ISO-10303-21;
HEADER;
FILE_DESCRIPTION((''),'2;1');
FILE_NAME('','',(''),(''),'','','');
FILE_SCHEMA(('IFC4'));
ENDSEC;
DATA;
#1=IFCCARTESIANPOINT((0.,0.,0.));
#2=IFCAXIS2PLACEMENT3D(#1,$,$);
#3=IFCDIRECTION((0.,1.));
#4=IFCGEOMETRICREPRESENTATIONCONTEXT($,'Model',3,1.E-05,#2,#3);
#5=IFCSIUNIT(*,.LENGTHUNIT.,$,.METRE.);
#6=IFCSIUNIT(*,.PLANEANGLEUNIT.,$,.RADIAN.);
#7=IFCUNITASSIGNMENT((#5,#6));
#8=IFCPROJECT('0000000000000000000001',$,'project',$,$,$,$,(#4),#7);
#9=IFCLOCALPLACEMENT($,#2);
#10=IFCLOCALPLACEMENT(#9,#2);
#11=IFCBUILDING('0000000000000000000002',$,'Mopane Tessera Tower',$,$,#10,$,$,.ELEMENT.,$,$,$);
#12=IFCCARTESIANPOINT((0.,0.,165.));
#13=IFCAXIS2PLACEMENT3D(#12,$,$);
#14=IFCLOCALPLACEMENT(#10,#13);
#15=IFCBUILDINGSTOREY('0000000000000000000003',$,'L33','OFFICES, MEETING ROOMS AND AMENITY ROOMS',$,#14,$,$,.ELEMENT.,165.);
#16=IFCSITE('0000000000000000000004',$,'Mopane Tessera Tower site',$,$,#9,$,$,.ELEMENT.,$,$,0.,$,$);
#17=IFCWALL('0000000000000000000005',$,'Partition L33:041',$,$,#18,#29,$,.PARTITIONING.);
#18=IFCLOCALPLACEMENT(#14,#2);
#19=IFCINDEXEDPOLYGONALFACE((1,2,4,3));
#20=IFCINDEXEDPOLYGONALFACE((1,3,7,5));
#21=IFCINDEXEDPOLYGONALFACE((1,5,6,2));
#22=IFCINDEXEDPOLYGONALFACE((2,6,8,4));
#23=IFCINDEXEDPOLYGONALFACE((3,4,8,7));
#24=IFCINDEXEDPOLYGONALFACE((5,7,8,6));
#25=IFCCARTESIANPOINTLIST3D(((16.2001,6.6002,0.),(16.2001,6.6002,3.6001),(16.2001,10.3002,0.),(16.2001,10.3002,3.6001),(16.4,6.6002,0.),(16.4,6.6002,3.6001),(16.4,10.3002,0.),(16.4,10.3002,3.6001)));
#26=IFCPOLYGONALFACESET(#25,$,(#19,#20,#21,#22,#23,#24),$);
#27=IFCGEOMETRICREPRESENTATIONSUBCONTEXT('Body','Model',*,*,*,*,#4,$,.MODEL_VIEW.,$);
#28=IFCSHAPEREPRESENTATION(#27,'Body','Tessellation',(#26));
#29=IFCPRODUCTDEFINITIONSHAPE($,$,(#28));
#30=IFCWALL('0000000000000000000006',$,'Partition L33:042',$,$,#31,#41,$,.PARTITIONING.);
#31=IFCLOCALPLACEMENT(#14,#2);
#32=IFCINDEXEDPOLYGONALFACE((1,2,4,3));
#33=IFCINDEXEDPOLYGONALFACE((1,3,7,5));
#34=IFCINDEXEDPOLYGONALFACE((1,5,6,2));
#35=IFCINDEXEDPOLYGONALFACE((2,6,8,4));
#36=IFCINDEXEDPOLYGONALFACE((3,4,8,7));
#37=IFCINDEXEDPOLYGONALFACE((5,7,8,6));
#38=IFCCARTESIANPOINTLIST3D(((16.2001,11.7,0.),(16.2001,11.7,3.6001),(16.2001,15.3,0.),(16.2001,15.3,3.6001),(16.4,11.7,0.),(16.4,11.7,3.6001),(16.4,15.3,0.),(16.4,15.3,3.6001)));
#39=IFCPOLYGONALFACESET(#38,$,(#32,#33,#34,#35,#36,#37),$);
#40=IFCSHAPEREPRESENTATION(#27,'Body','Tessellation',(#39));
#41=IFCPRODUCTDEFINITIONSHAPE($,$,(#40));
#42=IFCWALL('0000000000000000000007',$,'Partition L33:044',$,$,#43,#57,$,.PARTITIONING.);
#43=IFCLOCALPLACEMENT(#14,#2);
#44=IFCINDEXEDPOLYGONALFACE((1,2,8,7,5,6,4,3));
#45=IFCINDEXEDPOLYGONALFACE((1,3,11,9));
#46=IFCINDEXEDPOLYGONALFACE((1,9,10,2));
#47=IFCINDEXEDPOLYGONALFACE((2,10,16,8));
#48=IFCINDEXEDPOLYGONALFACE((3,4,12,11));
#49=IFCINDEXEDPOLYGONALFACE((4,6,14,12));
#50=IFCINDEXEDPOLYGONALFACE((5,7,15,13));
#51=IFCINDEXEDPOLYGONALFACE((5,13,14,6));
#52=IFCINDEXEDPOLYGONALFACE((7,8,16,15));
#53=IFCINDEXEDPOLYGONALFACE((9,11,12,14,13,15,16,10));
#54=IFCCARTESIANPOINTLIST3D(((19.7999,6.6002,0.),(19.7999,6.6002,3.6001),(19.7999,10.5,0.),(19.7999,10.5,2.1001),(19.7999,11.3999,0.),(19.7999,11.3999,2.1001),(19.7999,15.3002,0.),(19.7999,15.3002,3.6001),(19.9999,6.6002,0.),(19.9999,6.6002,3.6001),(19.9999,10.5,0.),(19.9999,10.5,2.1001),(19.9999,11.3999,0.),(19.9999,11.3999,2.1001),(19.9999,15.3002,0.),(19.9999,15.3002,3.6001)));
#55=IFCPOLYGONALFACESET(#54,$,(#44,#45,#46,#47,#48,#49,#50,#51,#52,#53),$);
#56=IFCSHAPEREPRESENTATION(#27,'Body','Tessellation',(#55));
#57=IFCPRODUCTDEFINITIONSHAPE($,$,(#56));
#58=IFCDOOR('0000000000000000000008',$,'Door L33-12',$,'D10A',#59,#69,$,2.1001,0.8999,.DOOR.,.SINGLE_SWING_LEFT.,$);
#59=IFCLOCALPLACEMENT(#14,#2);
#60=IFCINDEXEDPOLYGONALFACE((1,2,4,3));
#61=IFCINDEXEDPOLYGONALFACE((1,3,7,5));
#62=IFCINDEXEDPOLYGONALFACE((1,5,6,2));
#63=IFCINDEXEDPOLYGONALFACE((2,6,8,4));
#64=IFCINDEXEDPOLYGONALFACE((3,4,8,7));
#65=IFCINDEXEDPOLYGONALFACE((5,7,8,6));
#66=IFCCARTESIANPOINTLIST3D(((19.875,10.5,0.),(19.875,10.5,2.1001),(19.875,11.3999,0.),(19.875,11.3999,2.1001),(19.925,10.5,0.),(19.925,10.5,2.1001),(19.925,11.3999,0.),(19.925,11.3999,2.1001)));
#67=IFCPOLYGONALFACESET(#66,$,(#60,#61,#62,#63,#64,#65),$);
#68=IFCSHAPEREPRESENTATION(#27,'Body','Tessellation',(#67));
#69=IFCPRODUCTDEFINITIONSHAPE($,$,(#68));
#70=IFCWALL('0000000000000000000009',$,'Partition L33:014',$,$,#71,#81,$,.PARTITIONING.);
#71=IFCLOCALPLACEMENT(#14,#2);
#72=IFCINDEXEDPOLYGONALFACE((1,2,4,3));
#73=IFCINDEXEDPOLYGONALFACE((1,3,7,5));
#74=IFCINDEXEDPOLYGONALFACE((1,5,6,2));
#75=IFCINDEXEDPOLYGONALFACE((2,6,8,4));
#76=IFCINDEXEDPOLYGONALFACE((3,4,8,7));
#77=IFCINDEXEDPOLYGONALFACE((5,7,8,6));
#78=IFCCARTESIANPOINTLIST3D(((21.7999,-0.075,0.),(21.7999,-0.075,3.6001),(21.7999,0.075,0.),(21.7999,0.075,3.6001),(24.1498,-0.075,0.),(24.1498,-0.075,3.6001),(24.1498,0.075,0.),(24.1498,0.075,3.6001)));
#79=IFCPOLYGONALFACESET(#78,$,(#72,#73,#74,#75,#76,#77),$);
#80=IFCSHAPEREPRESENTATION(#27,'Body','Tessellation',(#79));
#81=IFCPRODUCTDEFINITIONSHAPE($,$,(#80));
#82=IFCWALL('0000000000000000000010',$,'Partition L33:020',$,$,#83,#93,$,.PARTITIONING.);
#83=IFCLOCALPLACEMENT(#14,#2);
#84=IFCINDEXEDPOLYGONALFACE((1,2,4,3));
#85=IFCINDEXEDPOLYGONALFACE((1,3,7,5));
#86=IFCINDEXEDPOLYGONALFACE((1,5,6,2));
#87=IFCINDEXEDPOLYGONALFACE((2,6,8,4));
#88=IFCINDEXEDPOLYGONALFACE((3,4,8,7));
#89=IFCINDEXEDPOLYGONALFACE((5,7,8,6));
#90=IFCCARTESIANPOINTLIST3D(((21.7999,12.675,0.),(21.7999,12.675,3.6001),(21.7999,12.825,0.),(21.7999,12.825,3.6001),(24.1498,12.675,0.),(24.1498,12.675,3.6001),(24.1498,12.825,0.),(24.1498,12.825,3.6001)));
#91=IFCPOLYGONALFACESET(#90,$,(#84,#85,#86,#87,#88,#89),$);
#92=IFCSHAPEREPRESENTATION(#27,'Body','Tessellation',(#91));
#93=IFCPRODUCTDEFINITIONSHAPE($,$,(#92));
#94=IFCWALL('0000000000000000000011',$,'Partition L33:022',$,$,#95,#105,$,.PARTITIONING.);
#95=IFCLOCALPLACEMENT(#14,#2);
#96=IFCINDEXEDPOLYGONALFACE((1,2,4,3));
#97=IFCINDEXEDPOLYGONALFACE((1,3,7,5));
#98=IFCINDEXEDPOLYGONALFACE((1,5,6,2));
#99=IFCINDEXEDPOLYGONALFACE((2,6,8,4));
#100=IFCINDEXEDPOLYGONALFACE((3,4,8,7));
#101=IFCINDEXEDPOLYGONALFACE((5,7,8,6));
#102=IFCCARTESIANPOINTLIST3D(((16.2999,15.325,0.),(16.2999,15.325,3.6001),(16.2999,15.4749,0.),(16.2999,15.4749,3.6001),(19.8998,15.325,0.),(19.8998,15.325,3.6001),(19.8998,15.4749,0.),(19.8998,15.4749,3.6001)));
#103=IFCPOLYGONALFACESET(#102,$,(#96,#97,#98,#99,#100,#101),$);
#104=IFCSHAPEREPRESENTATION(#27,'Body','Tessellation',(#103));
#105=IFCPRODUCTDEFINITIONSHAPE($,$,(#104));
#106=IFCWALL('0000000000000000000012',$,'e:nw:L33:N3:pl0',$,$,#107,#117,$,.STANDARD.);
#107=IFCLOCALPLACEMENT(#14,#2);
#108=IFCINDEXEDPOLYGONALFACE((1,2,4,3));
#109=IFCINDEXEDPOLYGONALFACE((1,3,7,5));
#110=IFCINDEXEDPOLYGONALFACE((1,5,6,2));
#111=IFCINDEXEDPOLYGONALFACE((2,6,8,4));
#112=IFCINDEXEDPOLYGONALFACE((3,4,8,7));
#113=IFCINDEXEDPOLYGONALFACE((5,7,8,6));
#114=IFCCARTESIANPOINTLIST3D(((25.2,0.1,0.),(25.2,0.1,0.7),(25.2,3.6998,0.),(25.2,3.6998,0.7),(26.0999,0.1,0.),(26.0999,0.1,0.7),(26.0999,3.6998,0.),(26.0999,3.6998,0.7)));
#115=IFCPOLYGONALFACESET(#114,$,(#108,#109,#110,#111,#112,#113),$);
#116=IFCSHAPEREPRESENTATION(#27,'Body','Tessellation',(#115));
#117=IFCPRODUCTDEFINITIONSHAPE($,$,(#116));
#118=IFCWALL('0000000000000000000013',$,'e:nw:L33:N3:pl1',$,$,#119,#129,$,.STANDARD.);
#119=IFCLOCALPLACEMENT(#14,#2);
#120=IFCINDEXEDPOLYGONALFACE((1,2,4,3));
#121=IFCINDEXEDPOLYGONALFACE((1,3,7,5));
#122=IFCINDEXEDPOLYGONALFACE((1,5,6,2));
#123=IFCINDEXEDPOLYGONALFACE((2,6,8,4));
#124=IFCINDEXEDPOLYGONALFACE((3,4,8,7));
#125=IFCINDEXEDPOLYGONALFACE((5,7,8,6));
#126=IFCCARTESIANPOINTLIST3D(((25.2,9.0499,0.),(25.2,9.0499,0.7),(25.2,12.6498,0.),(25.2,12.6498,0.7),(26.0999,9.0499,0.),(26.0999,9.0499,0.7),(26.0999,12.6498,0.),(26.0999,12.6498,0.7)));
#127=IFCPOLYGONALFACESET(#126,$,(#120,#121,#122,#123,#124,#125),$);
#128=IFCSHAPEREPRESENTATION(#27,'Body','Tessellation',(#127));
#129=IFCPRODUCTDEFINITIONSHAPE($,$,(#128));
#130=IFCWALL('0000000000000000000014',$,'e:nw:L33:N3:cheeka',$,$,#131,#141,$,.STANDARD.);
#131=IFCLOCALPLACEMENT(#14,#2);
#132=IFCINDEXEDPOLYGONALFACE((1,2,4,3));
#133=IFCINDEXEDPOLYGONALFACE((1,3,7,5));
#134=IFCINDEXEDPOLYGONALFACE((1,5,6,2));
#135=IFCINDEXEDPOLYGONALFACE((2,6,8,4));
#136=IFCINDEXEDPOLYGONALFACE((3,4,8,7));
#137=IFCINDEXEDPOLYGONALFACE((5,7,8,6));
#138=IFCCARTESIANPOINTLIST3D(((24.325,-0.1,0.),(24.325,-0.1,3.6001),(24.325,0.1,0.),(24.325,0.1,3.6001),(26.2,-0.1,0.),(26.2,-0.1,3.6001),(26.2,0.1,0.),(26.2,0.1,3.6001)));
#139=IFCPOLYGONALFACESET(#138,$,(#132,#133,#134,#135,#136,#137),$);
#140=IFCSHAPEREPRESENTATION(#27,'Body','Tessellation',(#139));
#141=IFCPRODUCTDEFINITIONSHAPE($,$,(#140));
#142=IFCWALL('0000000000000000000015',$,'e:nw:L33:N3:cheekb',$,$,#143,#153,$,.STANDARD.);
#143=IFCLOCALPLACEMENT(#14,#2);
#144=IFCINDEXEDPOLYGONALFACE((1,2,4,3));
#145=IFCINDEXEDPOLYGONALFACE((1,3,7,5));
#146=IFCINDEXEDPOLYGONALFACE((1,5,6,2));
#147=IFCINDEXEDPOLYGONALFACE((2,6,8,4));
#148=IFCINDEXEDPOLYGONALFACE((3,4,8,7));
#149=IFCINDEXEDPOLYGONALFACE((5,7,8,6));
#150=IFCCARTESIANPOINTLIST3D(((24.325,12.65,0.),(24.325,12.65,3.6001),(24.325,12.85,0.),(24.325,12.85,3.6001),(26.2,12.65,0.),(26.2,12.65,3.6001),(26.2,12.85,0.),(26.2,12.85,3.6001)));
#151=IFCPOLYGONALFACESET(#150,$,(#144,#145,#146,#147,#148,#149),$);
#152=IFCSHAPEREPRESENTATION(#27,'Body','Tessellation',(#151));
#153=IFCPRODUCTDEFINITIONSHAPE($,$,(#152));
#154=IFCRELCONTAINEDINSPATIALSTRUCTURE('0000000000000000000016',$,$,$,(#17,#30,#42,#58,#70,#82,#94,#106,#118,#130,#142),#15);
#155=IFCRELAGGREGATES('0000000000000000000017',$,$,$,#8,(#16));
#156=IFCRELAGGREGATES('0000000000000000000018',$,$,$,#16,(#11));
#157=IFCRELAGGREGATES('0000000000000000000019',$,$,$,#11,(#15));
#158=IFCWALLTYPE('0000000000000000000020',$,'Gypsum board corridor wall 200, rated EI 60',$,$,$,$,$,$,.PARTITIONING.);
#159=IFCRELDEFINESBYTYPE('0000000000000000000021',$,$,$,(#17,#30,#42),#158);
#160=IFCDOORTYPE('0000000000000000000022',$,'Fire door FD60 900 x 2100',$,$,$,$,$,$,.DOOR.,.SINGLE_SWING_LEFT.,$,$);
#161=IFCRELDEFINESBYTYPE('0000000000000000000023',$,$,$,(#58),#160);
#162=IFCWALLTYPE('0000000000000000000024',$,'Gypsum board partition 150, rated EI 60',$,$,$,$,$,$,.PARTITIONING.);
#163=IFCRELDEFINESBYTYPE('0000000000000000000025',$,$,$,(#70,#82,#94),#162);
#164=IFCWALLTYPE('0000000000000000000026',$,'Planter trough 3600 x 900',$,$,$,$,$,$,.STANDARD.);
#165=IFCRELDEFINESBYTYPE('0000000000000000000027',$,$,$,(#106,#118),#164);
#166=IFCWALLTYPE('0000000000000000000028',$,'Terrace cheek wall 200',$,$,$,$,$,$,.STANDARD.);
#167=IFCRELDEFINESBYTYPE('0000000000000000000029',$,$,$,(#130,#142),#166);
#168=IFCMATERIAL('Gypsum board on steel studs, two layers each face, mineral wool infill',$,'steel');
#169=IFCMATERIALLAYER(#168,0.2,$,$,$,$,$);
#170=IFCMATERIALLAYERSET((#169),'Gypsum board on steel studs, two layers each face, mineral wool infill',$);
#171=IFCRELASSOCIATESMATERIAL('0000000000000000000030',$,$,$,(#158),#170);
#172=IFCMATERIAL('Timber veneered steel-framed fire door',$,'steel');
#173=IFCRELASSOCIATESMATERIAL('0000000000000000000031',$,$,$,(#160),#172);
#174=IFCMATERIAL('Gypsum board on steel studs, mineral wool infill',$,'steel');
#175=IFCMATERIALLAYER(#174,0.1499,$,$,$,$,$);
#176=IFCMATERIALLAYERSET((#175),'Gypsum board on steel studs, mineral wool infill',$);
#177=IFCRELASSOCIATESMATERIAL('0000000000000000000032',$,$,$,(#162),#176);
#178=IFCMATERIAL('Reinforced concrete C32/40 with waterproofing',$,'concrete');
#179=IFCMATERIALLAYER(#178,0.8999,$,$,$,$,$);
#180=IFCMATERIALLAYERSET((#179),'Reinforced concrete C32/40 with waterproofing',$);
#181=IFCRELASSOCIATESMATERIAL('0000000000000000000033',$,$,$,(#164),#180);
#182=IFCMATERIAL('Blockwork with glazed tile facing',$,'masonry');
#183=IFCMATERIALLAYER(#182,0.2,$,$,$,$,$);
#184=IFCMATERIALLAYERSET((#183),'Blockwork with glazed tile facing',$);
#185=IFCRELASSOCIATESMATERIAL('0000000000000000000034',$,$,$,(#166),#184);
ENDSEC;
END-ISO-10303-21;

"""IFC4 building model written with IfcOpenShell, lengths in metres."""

from ifc_helpers import new_model, si_unit, direction, frame, frame_2d, origin, place, context, subcontext, project, spatial, rectangle, extrude, material, layer, layer_set, type_object, element, fill, save


model = new_model("IFC4")

# Units and contexts
model_context = context("Model", 3, precision=1e-05, world=origin(), true_north=direction((0.0, 1.0)))
body_context = subcontext(model_context, "Body", "Model", "MODEL_VIEW")
ifc_project = project(units=[si_unit("LENGTHUNIT", "METRE"), si_unit("PLANEANGLEUNIT", "RADIAN")], contexts=[model_context])

# Site, building, storey
site_placement = place(None, origin())
site = spatial("IfcSite", under=ifc_project, at=site_placement, Name="Mopane Tessera Tower site", CompositionType="ELEMENT", RefElevation=0.0)
building_placement = place(site_placement, origin())
building = spatial("IfcBuilding", under=site, at=building_placement, Name="Mopane Tessera Tower", CompositionType="ELEMENT")
storey_placement = place(building_placement, frame((0.0, 0.0, 165.0)))
storey = spatial("IfcBuildingStorey", under=building, at=storey_placement, Name="L33", Description="OFFICES, MEETING ROOMS AND AMENITY ROOMS", CompositionType="ELEMENT", Elevation=165.0)

# Walls
ifc_material_1 = material(Name="Gypsum board on steel studs, two layers each face, mineral wool infill", Category="steel")
ifc_layer_1 = layer(ifc_material_1, 0.2)
ifc_layer_set_1 = layer_set([ifc_layer_1], Name="Gypsum board on steel studs, two layers each face, mineral wool infill")
wall_type_1 = type_object("IfcWallType", Name="Gypsum board corridor wall 200, rated EI 60", PredefinedType="PARTITIONING", material=ifc_layer_set_1)
wall_1_placement = place(storey_placement, frame((16.3, 6.6001, 0.0), z_axis=(0.0, 0.0, 1.0), x_axis=(0.0, 1.0, 0.0)))
element("IfcWall", 1, at=wall_1_placement, inside=storey, type_object=wall_type_1, Name="Partition L33:041", PredefinedType="PARTITIONING", context=body_context, shape_type="SweptSolid", body=[
    extrude(rectangle(XDim=3.7, YDim=0.2, at=frame_2d((1.8501, 0.0))), origin(), (0.0, 0.0, 1.0), 3.6001),
])
wall_2_placement = place(storey_placement, frame((16.3, 11.7, 0.0), z_axis=(0.0, 0.0, 1.0), x_axis=(0.0, 1.0, 0.0)))
element("IfcWall", 2, at=wall_2_placement, inside=storey, type_object=wall_type_1, Name="Partition L33:042", PredefinedType="PARTITIONING", context=body_context, shape_type="SweptSolid", body=[
    extrude(rectangle(XDim=3.6001, YDim=0.2, at=frame_2d((1.8, 0.0))), origin(), (0.0, 0.0, 1.0), 3.6001),
])

# Wall, opening, door
wall_3_placement = place(storey_placement, frame((19.8999, 6.6001, 0.0), z_axis=(0.0, 0.0, 1.0), x_axis=(0.0, 1.0, 0.0)))
wall_3 = element("IfcWall", 3, at=wall_3_placement, inside=storey, type_object=wall_type_1, Name="Partition L33:044", PredefinedType="PARTITIONING", context=body_context, shape_type="SweptSolid", body=[
    extrude(rectangle(XDim=8.7, YDim=0.2, at=frame_2d((4.3501, 0.0))), origin(), (0.0, 0.0, 1.0), 3.6001),
])
opening_placement = place(wall_3_placement, frame((3.8999, 0.0, 0.0)))
opening = element("IfcOpeningElement", 4, at=opening_placement, cuts=wall_3, PredefinedType="OPENING", context=body_context, shape_type="SweptSolid", body=[
    extrude(rectangle(XDim=0.8999, YDim=2.1001, at=frame_2d((0.45, 1.05))), frame((0.0, 0.1121, 0.0), z_axis=(0.0, -1.0, 0.0), x_axis=(1.0, 0.0, 0.0)), (0.0, 0.0, 1.0), 0.2239),
])
ifc_material_2 = material(Name="Timber veneered steel-framed fire door", Category="steel")
door_type = type_object("IfcDoorType", Name="Fire door FD60 900 x 2100", OperationType="SINGLE_SWING_LEFT", PredefinedType="DOOR", material=ifc_material_2)
door_placement = place(opening_placement, origin())
door = element("IfcDoor", 5, at=door_placement, inside=storey, type_object=door_type, Name="Door L33-12", ObjectType="D10A", OperationType="SINGLE_SWING_LEFT", OverallHeight=2.1001, OverallWidth=0.8999, PredefinedType="DOOR", context=body_context, shape_type="SweptSolid", body=[
    extrude(rectangle(XDim=0.8999, YDim=2.1001, at=frame_2d((0.45, 1.05))), frame((0.0, 0.0249, 0.0), z_axis=(0.0, -1.0, 0.0), x_axis=(1.0, 0.0, 0.0)), (0.0, 0.0, 1.0), 0.05),
])
fill(opening, door)

# Walls
ifc_material_3 = material(Name="Gypsum board on steel studs, mineral wool infill", Category="steel")
ifc_layer_2 = layer(ifc_material_3, 0.1499)
ifc_layer_set_2 = layer_set([ifc_layer_2], Name="Gypsum board on steel studs, mineral wool infill")
wall_type_2 = type_object("IfcWallType", Name="Gypsum board partition 150, rated EI 60", PredefinedType="PARTITIONING", material=ifc_layer_set_2)
for number, where, z_axis, x_axis, name in (
    (6, (21.8, 0.0, 0.0), (0.0, 0.0, 1.0), (1.0, 0.0, 0.0), "Partition L33:014"),
    (7, (21.8, 12.75, 0.0), (0.0, 0.0, 1.0), (1.0, 0.0, 0.0), "Partition L33:020"),
):
    element("IfcWall", number, at=place(storey_placement, frame(where, z_axis=z_axis, x_axis=x_axis)), inside=storey, type_object=wall_type_2, Name=name, PredefinedType="PARTITIONING", context=body_context, shape_type="SweptSolid", body=[
        extrude(rectangle(XDim=2.3499, YDim=0.1499, at=frame_2d((1.1748, 0.0))), origin(), (0.0, 0.0, 1.0), 3.6001),
    ])
wall_4_placement = place(storey_placement, frame((16.3, 15.3999, 0.0), z_axis=(0.0, 0.0, 1.0), x_axis=(1.0, 0.0, 0.0)))
element("IfcWall", 8, at=wall_4_placement, inside=storey, type_object=wall_type_2, Name="Partition L33:022", PredefinedType="PARTITIONING", context=body_context, shape_type="SweptSolid", body=[
    extrude(rectangle(XDim=3.5999, YDim=0.1499, at=frame_2d((1.7998, 0.0))), origin(), (0.0, 0.0, 1.0), 3.6001),
])
ifc_material_4 = material(Name="Reinforced concrete C32/40 with waterproofing", Category="concrete")
ifc_layer_3 = layer(ifc_material_4, 0.8999)
ifc_layer_set_3 = layer_set([ifc_layer_3], Name="Reinforced concrete C32/40 with waterproofing")
wall_type_3 = type_object("IfcWallType", Name="Planter trough 3600 x 900", PredefinedType="STANDARD", material=ifc_layer_set_3)
for number, where, z_axis, x_axis, name in (
    (9, (25.6499, 0.1001, 0.0), (0.0, 0.0, 1.0), (0.0, 1.0, 0.0), "e:nw:L33:N3:pl0"),
    (10, (25.6499, 9.05, 0.0), (0.0, 0.0, 1.0), (0.0, 1.0, 0.0), "e:nw:L33:N3:pl1"),
):
    element("IfcWall", number, at=place(storey_placement, frame(where, z_axis=z_axis, x_axis=x_axis)), inside=storey, type_object=wall_type_3, Name=name, PredefinedType="STANDARD", context=body_context, shape_type="SweptSolid", body=[
        extrude(rectangle(XDim=3.5999, YDim=0.8999, at=frame_2d((1.7998, 0.0))), origin(), (0.0, 0.0, 1.0), 0.7),
    ])
ifc_material_5 = material(Name="Blockwork with glazed tile facing", Category="masonry")
ifc_layer_4 = layer(ifc_material_5, 0.2)
ifc_layer_set_4 = layer_set([ifc_layer_4], Name="Blockwork with glazed tile facing")
wall_type_4 = type_object("IfcWallType", Name="Terrace cheek wall 200", PredefinedType="STANDARD", material=ifc_layer_set_4)
for number, where, z_axis, x_axis, name in (
    (11, (26.2, 0.0, 0.0), (0.0, 0.0, 1.0), (-1.0, 0.0, 0.0), "e:nw:L33:N3:cheeka"),
    (12, (26.2, 12.75, 0.0), (0.0, 0.0, 1.0), (-1.0, 0.0, 0.0), "e:nw:L33:N3:cheekb"),
):
    element("IfcWall", number, at=place(storey_placement, frame(where, z_axis=z_axis, x_axis=x_axis)), inside=storey, type_object=wall_type_4, Name=name, PredefinedType="STANDARD", context=body_context, shape_type="SweptSolid", body=[
        extrude(rectangle(XDim=1.875, YDim=0.2, at=frame_2d((0.9375, 0.0))), origin(), (0.0, 0.0, 1.0), 3.6001),
    ])

save(model, "model.ifc")
